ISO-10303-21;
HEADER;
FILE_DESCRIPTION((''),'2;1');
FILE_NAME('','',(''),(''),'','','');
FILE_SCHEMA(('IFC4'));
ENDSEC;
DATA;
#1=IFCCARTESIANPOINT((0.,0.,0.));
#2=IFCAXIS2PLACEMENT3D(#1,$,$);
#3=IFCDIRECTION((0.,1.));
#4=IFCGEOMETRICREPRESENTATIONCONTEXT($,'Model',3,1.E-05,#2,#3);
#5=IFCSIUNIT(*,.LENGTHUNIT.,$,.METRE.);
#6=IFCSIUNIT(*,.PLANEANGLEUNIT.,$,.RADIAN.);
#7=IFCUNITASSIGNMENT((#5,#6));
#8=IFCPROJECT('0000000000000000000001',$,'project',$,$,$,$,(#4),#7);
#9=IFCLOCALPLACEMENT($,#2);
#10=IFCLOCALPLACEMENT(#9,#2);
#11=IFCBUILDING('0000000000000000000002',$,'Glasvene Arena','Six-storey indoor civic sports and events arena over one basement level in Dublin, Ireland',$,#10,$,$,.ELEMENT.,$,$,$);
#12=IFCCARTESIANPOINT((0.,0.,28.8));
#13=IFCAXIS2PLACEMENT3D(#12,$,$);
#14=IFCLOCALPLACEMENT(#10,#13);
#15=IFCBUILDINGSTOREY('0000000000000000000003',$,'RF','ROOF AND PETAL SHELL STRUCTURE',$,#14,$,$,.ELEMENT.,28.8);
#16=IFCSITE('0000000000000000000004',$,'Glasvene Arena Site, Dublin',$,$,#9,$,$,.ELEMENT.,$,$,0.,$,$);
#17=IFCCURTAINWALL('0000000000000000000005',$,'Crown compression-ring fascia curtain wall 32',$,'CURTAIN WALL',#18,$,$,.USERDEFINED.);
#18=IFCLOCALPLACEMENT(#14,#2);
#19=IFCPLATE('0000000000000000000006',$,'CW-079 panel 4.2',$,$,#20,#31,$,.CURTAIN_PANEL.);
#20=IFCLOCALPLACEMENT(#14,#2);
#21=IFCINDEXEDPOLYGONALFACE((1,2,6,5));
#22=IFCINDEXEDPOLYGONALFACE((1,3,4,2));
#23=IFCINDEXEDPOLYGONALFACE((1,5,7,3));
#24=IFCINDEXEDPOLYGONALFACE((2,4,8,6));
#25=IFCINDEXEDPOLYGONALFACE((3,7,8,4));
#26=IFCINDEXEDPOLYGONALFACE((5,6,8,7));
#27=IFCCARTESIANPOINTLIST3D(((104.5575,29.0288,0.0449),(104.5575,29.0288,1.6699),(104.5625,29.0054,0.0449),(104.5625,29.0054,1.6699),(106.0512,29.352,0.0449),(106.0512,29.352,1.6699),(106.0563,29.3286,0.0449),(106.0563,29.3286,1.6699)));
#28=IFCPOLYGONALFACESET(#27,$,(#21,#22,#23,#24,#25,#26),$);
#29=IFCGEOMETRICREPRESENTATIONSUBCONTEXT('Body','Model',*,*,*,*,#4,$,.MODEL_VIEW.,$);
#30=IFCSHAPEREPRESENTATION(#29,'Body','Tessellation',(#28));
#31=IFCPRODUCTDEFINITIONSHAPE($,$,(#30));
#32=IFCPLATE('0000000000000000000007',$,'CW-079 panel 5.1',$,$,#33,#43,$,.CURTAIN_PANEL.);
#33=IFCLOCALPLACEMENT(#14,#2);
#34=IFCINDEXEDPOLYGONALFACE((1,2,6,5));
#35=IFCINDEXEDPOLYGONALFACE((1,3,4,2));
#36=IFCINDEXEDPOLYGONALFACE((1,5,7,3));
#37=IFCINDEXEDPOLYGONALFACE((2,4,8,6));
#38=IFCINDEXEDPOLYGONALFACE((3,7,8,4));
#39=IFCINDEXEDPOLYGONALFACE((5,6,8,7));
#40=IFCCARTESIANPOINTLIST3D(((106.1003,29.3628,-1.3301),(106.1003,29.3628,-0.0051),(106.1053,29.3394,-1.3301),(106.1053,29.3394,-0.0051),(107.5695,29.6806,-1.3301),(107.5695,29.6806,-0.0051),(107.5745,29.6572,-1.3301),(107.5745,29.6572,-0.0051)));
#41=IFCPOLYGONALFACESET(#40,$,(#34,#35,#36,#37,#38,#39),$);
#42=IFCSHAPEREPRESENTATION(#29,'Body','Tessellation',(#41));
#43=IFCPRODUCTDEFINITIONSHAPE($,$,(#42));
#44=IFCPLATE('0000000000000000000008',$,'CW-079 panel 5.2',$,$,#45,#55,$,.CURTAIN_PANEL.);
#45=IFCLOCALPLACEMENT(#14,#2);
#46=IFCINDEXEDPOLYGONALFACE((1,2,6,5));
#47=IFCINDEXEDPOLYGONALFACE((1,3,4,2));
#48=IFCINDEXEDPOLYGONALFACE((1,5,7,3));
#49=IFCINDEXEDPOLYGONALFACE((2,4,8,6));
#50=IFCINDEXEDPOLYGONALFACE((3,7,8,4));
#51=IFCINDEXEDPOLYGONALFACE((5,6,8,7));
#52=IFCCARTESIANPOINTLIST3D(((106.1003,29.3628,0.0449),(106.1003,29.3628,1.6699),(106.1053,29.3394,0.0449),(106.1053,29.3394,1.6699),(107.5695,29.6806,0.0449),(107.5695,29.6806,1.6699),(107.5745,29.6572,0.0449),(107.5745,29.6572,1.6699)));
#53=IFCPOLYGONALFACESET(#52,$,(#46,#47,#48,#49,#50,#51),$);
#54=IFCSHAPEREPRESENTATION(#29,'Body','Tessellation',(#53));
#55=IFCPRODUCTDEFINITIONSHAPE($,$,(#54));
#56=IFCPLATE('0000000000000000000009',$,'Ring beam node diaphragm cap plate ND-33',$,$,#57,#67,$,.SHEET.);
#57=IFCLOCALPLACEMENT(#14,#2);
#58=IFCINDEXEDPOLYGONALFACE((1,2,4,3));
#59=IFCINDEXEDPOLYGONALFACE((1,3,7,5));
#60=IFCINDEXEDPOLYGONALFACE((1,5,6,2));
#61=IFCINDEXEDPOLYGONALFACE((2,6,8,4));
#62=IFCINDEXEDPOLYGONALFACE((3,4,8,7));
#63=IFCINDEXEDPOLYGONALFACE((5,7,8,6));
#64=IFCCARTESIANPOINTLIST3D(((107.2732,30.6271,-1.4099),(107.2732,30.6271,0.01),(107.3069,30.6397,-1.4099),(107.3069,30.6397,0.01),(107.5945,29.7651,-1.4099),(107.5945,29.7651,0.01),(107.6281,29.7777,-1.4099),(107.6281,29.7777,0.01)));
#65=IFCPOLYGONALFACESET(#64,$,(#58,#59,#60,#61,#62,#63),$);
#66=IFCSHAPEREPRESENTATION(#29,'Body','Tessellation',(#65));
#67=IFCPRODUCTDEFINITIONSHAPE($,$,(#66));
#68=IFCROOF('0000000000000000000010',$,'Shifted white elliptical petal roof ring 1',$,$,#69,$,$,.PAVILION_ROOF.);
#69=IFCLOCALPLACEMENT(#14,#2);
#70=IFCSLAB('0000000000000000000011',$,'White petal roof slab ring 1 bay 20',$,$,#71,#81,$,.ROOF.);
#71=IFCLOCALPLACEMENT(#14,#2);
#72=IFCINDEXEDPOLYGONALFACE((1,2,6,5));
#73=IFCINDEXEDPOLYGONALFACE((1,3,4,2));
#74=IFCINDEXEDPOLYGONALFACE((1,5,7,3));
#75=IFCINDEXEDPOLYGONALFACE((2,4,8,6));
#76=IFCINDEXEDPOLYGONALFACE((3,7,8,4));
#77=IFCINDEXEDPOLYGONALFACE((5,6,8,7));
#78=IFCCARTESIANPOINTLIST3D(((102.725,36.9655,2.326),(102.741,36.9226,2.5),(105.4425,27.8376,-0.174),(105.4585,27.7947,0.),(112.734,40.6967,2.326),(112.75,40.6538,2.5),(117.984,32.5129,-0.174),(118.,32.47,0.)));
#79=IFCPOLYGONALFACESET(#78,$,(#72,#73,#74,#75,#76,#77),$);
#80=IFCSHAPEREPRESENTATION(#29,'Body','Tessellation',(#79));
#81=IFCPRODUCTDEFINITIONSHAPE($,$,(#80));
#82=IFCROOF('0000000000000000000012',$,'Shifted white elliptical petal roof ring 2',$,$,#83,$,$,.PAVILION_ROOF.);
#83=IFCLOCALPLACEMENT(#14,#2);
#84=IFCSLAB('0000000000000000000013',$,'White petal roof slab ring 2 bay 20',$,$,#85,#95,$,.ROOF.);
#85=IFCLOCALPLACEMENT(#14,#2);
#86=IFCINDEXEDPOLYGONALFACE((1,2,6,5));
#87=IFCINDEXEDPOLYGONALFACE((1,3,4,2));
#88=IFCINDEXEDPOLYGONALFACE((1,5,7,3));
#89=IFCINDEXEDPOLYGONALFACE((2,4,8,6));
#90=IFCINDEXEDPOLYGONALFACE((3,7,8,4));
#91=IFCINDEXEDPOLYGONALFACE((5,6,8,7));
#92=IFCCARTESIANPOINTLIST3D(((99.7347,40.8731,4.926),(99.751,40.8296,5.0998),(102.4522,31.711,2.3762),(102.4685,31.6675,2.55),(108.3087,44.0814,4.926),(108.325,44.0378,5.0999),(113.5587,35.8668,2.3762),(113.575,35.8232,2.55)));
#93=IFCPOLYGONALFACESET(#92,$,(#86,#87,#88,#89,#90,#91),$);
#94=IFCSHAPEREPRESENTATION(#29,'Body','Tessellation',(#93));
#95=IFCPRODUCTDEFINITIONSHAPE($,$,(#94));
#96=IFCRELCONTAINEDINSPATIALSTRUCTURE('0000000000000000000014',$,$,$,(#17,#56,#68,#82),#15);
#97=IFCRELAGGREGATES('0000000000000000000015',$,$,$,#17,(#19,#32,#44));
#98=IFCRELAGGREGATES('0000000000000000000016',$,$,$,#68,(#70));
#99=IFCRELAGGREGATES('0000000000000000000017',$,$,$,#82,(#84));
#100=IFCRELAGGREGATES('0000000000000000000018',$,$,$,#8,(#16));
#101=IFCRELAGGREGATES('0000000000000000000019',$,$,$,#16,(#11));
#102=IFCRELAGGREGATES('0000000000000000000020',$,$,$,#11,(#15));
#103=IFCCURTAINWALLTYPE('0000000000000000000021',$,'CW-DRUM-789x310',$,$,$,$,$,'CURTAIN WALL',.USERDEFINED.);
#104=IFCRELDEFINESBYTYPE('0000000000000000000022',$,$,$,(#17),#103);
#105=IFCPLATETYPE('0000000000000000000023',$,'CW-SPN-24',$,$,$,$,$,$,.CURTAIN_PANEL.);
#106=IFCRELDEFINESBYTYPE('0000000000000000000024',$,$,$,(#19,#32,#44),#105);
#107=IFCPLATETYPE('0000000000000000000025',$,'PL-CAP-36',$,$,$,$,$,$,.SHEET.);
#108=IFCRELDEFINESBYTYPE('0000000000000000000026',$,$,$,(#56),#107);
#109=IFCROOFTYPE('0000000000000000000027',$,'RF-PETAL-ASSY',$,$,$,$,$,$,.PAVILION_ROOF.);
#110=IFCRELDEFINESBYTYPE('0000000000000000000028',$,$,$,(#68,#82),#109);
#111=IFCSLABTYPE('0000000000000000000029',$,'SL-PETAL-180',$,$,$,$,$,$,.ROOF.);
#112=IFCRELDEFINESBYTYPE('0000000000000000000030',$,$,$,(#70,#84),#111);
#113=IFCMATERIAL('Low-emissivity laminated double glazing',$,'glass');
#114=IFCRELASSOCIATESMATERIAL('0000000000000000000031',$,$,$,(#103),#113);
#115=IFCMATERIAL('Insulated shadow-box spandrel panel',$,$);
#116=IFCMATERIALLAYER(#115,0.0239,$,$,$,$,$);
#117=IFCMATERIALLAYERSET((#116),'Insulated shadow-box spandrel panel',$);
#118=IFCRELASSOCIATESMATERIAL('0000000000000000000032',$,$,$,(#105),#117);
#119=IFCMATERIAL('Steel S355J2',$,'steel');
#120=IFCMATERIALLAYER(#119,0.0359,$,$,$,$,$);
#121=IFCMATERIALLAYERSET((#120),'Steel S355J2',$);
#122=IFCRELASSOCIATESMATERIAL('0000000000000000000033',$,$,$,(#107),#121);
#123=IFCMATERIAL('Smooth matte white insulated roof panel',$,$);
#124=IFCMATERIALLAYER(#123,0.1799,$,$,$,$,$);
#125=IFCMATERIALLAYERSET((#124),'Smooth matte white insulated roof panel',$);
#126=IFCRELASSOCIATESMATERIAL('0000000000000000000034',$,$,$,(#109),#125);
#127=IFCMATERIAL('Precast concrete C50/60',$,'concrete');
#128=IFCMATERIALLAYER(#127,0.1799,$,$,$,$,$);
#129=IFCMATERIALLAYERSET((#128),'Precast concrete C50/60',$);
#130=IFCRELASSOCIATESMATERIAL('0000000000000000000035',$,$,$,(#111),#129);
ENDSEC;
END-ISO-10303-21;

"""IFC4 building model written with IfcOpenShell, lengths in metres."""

from ifc_helpers import new_model, si_unit, direction, frame, origin, origin_2d, place, context, subcontext, project, spatial, polyline, rectangle, outline, extrude, material, layer, layer_set, type_object, element, aggregate, save


model = new_model("IFC4")

# Units and contexts
model_context = context("Model", 3, precision=1e-05, world=origin(), true_north=direction((0.0, 1.0)))
body_context = subcontext(model_context, "Body", "Model", "MODEL_VIEW")
ifc_project = project(units=[si_unit("LENGTHUNIT", "METRE"), si_unit("PLANEANGLEUNIT", "RADIAN")], contexts=[model_context])

# Site, building, storey
site_placement = place(None, origin())
site = spatial("IfcSite", under=ifc_project, at=site_placement, Name="Glasvene Arena Site, Dublin", CompositionType="ELEMENT", RefElevation=0.0)
building_placement = place(site_placement, origin())
building = spatial("IfcBuilding", under=site, at=building_placement, Name="Glasvene Arena", Description="Six-storey indoor civic sports and events arena over one basement level in Dublin, Ireland", CompositionType="ELEMENT")
storey_placement = place(building_placement, frame((0.0, 0.0, 28.8)))
storey = spatial("IfcBuildingStorey", under=building, at=storey_placement, Name="RF", Description="ROOF AND PETAL SHELL STRUCTURE", CompositionType="ELEMENT", Elevation=28.8)

# Shared definitions
ifc_material_1 = material(Name="Steel S355J2", Category="steel")

# Curtain wall
ifc_material_2 = material(Name="Low-emissivity laminated double glazing", Category="glass")
curtain_wall_type_1 = type_object("IfcCurtainWallType", Name="CW-DRUM-789x310", ElementType="CURTAIN WALL", PredefinedType="USERDEFINED", material=ifc_material_2)
curtain_wall_1_placement = place(storey_placement, frame((99.9077, 28.0107, 0.0)))
curtain_wall_1 = element("IfcCurtainWall", 1, at=curtain_wall_1_placement, inside=storey, type_object=curtain_wall_type_1, Name="Crown compression-ring fascia curtain wall 32", ObjectType="CURTAIN WALL", PredefinedType="USERDEFINED")

# Plates
ifc_material_3 = material(Name="Insulated shadow-box spandrel panel")
ifc_layer_1 = layer(ifc_material_3, 0.0239)
ifc_layer_set_1 = layer_set([ifc_layer_1], Name="Insulated shadow-box spandrel panel")
plate_type_1 = type_object("IfcPlateType", Name="CW-SPN-24", PredefinedType="CURTAIN_PANEL", material=ifc_layer_set_1)
plate_1_placement = place(storey_placement, frame((105.3069, 29.1787, 0.0449), z_axis=(0.0, 0.0, 1.0), x_axis=(0.97739, 0.211445, 0.0)))
plate_1 = element("IfcPlate", 2, at=plate_1_placement, type_object=plate_type_1, Name="CW-079 panel 4.2", PredefinedType="CURTAIN_PANEL", context=body_context, shape_type="SweptSolid", body=[
    extrude(rectangle(XDim=1.5283, YDim=0.0239, at=origin_2d()), origin(), (0.0, 0.0, 1.0), 1.625),
])
plate_2_placement = place(storey_placement, frame((106.8374, 29.51, -1.3301), z_axis=(0.0, 0.0, 1.0), x_axis=(0.97739, 0.211445, 0.0)))
plate_2 = element("IfcPlate", 3, at=plate_2_placement, type_object=plate_type_1, Name="CW-079 panel 5.1", PredefinedType="CURTAIN_PANEL", context=body_context, shape_type="SweptSolid", body=[
    extrude(rectangle(XDim=1.5032, YDim=0.0239, at=origin_2d()), origin(), (0.0, 0.0, 1.0), 1.325),
])
plate_3_placement = place(storey_placement, frame((106.8374, 29.51, 0.0449), z_axis=(0.0, 0.0, 1.0), x_axis=(0.97739, 0.211445, 0.0)))
plate_3 = element("IfcPlate", 4, at=plate_3_placement, type_object=plate_type_1, Name="CW-079 panel 5.2", PredefinedType="CURTAIN_PANEL", context=body_context, shape_type="SweptSolid", body=[
    extrude(rectangle(XDim=1.5032, YDim=0.0239, at=origin_2d()), origin(), (0.0, 0.0, 1.0), 1.625),
])
aggregate(curtain_wall_1, [plate_1, plate_2, plate_3])
ifc_layer_2 = layer(ifc_material_1, 0.0359)
ifc_layer_set_2 = layer_set([ifc_layer_2], Name="Steel S355J2")
plate_type_2 = type_object("IfcPlateType", Name="PL-CAP-36", PredefinedType="SHEET", material=ifc_layer_set_2)
plate_4_placement = place(storey_placement, frame((107.4507, 30.2024, -1.4099), z_axis=(0.0, 0.0, 1.0), x_axis=(0.937038, 0.349226, 0.0)))
element("IfcPlate", 5, at=plate_4_placement, inside=storey, type_object=plate_type_2, Name="Ring beam node diaphragm cap plate ND-33", PredefinedType="SHEET", context=body_context, shape_type="SweptSolid", body=[
    extrude(rectangle(XDim=0.0359, YDim=0.9199, at=origin_2d()), origin(), (0.0, 0.0, 1.0), 1.4199),
])

# Roofs, slabs
ifc_material_4 = material(Name="Smooth matte white insulated roof panel")
ifc_layer_3 = layer(ifc_material_4, 0.1799)
ifc_layer_set_3 = layer_set([ifc_layer_3], Name="Smooth matte white insulated roof panel")
roof_type = type_object("IfcRoofType", Name="RF-PETAL-ASSY", PredefinedType="PAVILION_ROOF", material=ifc_layer_set_3)
roof_1_placement = place(storey_placement, frame((92.0, 73.0, 0.0)))
roof_1 = element("IfcRoof", 6, at=roof_1_placement, inside=storey, type_object=roof_type, Name="Shifted white elliptical petal roof ring 1", PredefinedType="PAVILION_ROOF")
ifc_material_5 = material(Name="Precast concrete C50/60", Category="concrete")
ifc_layer_4 = layer(ifc_material_5, 0.1799)
ifc_layer_set_4 = layer_set([ifc_layer_4], Name="Precast concrete C50/60")
slab_type = type_object("IfcSlabType", Name="SL-PETAL-180", PredefinedType="ROOF", material=ifc_layer_set_4)
slab_1_placement = place(storey_placement, frame((105.4585, 27.7947, 0.0), z_axis=(0.088876, -0.238411, 0.967089), x_axis=(0.93701, 0.349304, 0.0)))
slab_1 = element("IfcSlab", 7, at=slab_1_placement, type_object=slab_type, Name="White petal roof slab ring 1 bay 20", PredefinedType="ROOF", context=body_context, shape_type="SweptSolid", body=[
    extrude(outline(polyline([(0.0, 0.0), (13.3846, 0.0), (11.324, 9.8255), (0.6421, 9.8256), (0.0, 0.0)])), origin(), (0.0, 0.0, -1.0), 0.1799),
])
aggregate(roof_1, [slab_1])
roof_2_placement = place(storey_placement, frame((90.55, 71.8501, 2.55)))
roof_2 = element("IfcRoof", 8, at=roof_2_placement, inside=storey, type_object=roof_type, Name="Shifted white elliptical petal roof ring 2", PredefinedType="PAVILION_ROOF")
slab_2_placement = place(storey_placement, frame((102.4685, 31.6675, 2.55), z_axis=(0.090548, -0.241991, 0.966044), x_axis=(0.936583, 0.350447, -0.000001)))
slab_2 = element("IfcSlab", 9, at=slab_2_placement, type_object=slab_type, Name="White petal roof slab ring 2 bay 20", PredefinedType="ROOF", context=body_context, shape_type="SweptSolid", body=[
    extrude(outline(polyline([(0.0, 0.0), (11.8585, 0.0), (9.8202, 9.8686), (0.6656, 9.8685), (0.0, 0.0)])), origin(), (0.0, 0.0, -1.0), 0.1799),
])
aggregate(roof_2, [slab_2])

save(model, "model.ifc")
